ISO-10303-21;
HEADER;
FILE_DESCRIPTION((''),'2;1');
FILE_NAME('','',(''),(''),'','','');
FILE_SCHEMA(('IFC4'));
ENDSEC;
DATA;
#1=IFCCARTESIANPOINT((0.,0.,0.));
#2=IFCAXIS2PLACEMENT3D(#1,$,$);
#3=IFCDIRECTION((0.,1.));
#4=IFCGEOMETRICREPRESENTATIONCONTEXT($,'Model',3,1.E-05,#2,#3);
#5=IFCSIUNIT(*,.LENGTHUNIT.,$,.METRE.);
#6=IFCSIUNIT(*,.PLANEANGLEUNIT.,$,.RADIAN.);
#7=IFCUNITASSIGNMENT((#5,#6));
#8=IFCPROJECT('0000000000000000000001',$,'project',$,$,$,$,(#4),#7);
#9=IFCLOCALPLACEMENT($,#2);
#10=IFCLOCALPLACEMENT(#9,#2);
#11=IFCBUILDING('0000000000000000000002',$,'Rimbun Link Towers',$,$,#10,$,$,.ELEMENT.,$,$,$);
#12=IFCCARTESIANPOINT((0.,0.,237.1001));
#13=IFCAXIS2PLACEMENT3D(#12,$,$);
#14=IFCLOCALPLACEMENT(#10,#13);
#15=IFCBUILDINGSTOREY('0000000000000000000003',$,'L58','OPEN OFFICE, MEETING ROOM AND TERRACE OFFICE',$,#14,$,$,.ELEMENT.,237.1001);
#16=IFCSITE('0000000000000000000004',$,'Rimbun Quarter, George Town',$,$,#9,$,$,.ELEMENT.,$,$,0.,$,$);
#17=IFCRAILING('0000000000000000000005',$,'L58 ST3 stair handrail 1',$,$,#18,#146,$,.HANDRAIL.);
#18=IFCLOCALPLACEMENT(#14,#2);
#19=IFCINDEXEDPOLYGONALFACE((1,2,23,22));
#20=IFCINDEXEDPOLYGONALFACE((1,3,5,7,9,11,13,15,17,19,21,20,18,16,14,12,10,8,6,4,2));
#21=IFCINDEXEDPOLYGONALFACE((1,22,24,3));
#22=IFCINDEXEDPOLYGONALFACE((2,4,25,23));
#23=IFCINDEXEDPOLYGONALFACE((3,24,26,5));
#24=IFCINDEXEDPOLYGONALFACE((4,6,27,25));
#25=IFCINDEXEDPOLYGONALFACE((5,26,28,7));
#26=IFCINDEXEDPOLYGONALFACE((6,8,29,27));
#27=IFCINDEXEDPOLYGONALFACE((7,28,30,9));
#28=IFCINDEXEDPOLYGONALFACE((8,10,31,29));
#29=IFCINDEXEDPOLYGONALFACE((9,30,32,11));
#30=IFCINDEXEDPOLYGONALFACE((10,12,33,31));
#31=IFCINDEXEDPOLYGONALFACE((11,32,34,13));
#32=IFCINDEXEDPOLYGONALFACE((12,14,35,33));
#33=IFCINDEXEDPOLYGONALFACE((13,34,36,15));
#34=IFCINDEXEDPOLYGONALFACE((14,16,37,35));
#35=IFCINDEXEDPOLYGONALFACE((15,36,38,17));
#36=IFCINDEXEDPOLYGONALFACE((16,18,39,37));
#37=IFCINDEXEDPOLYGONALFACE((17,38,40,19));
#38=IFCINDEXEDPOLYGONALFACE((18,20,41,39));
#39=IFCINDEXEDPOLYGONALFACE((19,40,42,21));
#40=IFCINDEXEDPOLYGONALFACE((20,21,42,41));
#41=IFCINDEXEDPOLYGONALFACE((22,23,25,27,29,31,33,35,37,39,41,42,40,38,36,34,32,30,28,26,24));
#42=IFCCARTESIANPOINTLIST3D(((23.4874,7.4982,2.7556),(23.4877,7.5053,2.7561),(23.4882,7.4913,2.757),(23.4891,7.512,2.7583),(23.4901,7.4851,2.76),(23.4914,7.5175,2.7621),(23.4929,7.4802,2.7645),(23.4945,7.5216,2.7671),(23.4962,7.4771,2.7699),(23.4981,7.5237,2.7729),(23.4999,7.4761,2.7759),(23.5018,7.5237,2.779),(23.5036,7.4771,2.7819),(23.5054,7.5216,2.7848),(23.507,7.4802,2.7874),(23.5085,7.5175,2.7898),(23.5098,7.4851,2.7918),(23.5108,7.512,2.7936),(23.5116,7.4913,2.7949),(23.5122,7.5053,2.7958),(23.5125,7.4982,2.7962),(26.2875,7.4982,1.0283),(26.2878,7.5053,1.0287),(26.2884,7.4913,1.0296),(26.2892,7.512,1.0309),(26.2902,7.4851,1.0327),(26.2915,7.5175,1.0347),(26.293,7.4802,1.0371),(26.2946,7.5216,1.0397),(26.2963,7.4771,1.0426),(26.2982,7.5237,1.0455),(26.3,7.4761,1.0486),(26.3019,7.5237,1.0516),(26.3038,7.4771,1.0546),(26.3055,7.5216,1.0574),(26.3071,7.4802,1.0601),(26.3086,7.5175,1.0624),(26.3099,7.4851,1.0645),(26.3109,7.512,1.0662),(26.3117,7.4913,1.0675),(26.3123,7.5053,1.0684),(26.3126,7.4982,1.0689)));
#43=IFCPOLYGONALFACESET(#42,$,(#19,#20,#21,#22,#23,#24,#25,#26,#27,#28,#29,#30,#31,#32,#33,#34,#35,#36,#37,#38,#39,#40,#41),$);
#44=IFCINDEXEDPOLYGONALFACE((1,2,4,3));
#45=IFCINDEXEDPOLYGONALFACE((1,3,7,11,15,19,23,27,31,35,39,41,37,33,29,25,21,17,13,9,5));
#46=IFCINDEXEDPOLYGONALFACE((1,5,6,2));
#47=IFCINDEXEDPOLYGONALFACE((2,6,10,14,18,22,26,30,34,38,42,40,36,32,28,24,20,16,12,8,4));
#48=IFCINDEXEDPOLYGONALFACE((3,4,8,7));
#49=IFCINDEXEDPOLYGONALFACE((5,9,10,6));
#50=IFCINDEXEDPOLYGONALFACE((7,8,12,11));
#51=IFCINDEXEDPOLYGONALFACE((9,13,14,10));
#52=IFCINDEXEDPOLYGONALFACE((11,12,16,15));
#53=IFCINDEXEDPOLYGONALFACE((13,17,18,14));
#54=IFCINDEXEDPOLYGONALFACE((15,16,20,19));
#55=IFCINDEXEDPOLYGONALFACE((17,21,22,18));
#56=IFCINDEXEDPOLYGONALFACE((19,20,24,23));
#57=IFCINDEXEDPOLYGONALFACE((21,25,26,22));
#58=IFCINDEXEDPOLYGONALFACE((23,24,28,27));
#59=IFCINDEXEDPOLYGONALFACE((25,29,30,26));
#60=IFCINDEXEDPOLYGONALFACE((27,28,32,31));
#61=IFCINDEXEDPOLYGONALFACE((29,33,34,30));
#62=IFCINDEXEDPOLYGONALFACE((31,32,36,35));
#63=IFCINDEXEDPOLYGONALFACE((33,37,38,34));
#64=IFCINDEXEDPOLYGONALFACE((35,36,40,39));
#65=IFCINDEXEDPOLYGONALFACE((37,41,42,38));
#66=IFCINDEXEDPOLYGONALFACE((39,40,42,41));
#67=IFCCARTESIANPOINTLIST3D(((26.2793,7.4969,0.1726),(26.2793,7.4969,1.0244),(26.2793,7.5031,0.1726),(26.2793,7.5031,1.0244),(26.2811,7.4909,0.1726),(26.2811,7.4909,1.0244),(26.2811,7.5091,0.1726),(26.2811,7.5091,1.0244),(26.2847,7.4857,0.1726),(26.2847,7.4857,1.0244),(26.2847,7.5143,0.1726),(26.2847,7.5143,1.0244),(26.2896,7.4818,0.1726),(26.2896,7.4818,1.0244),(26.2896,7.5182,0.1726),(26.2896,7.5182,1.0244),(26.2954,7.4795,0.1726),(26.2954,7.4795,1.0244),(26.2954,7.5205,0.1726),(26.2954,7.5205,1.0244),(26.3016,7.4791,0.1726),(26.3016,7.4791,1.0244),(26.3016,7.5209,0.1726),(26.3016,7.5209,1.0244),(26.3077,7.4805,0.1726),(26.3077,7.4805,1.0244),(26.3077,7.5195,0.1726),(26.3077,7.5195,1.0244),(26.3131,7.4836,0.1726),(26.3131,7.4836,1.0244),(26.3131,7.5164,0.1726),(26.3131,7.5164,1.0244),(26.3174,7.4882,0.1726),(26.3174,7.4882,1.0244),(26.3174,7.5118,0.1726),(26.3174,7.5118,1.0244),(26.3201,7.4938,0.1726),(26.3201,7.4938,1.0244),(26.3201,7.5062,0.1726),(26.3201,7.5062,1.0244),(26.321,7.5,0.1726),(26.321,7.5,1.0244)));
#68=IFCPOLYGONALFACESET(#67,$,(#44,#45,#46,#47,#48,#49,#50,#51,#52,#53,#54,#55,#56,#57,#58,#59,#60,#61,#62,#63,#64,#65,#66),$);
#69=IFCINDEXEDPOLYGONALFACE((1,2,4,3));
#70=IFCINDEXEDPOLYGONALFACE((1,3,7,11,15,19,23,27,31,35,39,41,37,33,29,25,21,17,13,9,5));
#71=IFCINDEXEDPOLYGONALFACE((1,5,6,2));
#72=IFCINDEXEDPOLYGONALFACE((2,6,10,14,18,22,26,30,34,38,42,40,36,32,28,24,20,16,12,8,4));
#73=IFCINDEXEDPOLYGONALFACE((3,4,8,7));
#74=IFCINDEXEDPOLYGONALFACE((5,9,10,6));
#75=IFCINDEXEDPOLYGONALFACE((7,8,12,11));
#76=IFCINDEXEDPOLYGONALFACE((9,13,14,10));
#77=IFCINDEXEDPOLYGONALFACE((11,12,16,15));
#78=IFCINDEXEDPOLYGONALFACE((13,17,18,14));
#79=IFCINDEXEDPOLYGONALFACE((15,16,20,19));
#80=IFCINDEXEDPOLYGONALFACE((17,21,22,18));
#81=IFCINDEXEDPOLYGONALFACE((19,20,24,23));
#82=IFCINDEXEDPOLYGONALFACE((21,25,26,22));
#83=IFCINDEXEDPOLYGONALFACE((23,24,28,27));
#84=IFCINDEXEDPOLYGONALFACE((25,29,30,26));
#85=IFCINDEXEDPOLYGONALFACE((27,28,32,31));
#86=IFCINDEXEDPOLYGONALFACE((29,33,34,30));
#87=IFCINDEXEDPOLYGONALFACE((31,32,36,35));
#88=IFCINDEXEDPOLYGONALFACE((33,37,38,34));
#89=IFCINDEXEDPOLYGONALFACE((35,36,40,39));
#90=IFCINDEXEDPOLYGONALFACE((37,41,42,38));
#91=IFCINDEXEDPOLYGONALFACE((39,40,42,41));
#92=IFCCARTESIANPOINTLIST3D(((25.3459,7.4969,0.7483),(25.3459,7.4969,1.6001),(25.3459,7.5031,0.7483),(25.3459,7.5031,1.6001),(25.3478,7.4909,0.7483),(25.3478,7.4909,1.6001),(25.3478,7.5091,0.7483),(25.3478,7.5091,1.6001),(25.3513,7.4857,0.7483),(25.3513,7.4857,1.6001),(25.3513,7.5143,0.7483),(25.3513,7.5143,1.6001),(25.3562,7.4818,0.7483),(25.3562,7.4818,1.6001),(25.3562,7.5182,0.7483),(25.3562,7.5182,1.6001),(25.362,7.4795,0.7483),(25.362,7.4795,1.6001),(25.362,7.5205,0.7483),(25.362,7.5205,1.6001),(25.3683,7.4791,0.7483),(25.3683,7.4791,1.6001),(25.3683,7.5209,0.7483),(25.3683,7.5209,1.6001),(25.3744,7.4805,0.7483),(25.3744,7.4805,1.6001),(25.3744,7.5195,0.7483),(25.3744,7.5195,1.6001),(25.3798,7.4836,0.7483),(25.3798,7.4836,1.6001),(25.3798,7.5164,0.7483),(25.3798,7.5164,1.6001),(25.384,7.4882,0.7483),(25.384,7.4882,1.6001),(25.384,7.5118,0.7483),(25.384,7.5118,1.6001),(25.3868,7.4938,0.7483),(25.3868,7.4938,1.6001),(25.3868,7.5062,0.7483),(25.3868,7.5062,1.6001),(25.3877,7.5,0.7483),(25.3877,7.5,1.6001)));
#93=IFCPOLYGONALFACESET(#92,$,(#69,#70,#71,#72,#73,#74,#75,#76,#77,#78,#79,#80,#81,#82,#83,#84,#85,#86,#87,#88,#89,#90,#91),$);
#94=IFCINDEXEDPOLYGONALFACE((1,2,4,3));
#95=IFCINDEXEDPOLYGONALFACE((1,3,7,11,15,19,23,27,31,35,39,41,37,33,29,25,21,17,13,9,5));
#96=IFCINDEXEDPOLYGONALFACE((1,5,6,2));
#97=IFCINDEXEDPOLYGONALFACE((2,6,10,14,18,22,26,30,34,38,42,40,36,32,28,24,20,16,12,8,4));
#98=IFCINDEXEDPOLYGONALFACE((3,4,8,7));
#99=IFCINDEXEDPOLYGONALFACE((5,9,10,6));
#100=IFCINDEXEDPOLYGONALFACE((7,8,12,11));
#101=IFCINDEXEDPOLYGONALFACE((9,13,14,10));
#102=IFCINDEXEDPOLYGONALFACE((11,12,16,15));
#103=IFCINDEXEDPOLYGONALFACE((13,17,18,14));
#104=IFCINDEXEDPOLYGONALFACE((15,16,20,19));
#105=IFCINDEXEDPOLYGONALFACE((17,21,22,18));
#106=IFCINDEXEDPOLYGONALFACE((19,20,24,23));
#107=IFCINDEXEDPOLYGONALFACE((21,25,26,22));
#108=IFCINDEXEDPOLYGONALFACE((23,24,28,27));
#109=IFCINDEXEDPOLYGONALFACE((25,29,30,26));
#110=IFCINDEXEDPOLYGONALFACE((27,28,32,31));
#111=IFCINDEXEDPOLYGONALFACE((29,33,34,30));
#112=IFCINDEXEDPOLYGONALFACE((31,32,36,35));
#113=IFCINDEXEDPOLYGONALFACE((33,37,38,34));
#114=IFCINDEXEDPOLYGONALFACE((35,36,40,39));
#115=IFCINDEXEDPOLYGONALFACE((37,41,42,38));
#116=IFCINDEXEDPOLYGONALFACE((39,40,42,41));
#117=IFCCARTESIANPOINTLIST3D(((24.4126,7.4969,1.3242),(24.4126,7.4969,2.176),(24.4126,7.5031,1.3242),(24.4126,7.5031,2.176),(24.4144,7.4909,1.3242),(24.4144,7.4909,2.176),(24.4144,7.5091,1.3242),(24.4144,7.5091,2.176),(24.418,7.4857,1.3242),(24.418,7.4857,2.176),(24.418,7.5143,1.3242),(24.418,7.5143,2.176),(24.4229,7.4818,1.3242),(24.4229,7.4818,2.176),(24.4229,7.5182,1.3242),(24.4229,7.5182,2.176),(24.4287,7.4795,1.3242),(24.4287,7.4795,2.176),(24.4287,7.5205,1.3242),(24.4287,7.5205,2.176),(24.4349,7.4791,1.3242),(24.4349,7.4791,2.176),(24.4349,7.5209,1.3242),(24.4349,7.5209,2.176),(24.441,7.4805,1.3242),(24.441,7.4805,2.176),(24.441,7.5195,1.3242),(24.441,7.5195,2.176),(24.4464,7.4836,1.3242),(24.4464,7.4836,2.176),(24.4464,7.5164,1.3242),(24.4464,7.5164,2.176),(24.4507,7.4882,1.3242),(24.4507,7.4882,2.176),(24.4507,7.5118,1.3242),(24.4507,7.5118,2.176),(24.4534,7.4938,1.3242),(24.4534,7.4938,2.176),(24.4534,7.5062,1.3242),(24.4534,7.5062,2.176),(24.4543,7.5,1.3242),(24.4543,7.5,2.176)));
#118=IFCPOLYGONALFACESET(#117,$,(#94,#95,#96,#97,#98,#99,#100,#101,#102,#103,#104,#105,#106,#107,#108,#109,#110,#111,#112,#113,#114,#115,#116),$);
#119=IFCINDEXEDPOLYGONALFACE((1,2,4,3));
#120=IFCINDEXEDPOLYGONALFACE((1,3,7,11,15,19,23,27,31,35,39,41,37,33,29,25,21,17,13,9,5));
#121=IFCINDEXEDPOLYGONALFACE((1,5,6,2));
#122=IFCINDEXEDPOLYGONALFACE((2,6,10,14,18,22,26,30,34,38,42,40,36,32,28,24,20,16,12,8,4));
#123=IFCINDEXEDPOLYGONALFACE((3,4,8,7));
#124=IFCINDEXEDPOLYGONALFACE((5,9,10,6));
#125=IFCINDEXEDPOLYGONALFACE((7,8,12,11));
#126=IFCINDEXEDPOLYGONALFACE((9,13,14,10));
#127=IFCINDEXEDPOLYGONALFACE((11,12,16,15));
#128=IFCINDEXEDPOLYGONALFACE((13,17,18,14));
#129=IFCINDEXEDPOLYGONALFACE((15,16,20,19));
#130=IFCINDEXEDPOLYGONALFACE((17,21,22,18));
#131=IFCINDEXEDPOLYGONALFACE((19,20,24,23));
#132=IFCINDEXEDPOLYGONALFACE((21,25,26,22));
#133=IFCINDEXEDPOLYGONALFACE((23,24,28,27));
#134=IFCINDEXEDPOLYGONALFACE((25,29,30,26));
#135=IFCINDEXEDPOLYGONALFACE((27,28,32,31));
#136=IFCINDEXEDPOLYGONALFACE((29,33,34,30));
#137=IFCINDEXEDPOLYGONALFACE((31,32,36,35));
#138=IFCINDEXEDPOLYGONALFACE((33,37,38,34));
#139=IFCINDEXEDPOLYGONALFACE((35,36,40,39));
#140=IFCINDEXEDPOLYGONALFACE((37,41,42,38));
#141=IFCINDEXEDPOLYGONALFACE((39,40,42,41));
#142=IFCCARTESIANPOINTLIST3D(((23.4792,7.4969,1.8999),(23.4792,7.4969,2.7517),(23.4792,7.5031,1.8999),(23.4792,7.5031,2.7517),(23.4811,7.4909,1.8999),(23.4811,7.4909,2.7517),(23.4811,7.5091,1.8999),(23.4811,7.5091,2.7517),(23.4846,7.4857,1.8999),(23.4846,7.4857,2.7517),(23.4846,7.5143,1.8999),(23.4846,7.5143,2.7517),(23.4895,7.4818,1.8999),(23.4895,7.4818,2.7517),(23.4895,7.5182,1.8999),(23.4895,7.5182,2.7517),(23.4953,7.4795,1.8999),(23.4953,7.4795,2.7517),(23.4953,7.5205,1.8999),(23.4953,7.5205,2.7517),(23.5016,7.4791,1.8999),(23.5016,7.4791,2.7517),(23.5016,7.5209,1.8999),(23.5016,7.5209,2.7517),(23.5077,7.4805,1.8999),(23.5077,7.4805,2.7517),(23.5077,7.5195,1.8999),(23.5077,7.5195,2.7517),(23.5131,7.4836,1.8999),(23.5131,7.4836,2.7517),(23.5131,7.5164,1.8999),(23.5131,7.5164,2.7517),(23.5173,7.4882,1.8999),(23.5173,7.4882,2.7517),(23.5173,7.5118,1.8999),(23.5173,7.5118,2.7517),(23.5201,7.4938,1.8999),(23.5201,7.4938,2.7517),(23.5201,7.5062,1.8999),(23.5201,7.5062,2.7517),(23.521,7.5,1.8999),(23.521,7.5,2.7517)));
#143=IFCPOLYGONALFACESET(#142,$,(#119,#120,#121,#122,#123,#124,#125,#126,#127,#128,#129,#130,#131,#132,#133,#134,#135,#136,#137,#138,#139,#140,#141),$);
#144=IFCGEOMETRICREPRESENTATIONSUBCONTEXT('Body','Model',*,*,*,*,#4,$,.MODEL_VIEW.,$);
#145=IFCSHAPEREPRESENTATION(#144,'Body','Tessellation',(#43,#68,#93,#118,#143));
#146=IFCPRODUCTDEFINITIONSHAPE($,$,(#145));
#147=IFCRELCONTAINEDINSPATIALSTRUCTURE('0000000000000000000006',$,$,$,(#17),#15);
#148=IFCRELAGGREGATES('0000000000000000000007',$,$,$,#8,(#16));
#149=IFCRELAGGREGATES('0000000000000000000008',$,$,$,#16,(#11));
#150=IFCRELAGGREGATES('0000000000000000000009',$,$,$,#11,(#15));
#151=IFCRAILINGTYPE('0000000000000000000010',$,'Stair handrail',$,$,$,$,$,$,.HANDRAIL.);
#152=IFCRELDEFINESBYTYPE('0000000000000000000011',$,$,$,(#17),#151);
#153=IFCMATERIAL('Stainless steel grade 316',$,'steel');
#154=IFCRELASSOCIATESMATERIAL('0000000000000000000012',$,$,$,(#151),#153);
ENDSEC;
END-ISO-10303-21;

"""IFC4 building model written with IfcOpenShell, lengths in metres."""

from ifc_helpers import new_model, si_unit, direction, frame, origin, origin_2d, place, context, subcontext, project, spatial, circle, extrude, material, type_object, element, save


model = new_model("IFC4")

# Units and contexts
model_context = context("Model", 3, precision=1e-05, world=origin(), true_north=direction((0.0, 1.0)))
body_context = subcontext(model_context, "Body", "Model", "MODEL_VIEW")
ifc_project = project(units=[si_unit("LENGTHUNIT", "METRE"), si_unit("PLANEANGLEUNIT", "RADIAN")], contexts=[model_context])

# Site, building, storey
site_placement = place(None, origin())
site = spatial("IfcSite", under=ifc_project, at=site_placement, Name="Rimbun Quarter, George Town", CompositionType="ELEMENT", RefElevation=0.0)
building_placement = place(site_placement, origin())
building = spatial("IfcBuilding", under=site, at=building_placement, Name="Rimbun Link Towers", CompositionType="ELEMENT")
storey_placement = place(building_placement, frame((0.0, 0.0, 237.1001)))
storey = spatial("IfcBuildingStorey", under=building, at=storey_placement, Name="L58", Description="OPEN OFFICE, MEETING ROOM AND TERRACE OFFICE", CompositionType="ELEMENT", Elevation=237.1001)

# Railing
ifc_material_1 = material(Name="Stainless steel grade 316", Category="steel")
railing_type_1 = type_object("IfcRailingType", Name="Stair handrail", PredefinedType="HANDRAIL", material=ifc_material_1)
railing_1_placement = place(storey_placement, frame((26.3, 7.5, 0.1726)))
element("IfcRailing", 1, at=railing_1_placement, inside=storey, type_object=railing_type_1, Name="L58 ST3 stair handrail 1", PredefinedType="HANDRAIL", context=body_context, shape_type="SweptSolid", body=[
    extrude(circle(Radius=0.0239, at=origin_2d()), frame((0.0, 0.0, 0.876), z_axis=(-0.85109, 0.0, 0.52502), x_axis=(0.0, -1.0, 0.0)), (0.0, 0.0, 1.0), 3.29),
    extrude(circle(Radius=0.021, at=origin_2d()), origin(), (0.0, 0.0, 1.0), 0.8518),
    extrude(circle(Radius=0.021, at=origin_2d()), frame((-0.9333, 0.0, 0.5757)), (0.0, 0.0, 1.0), 0.8518),
    extrude(circle(Radius=0.021, at=origin_2d()), frame((-1.8667, 0.0, 1.1516)), (0.0, 0.0, 1.0), 0.8518),
    extrude(circle(Radius=0.021, at=origin_2d()), frame((-2.8, 0.0, 1.7273)), (0.0, 0.0, 1.0), 0.8518),
])

save(model, "model.ifc")
